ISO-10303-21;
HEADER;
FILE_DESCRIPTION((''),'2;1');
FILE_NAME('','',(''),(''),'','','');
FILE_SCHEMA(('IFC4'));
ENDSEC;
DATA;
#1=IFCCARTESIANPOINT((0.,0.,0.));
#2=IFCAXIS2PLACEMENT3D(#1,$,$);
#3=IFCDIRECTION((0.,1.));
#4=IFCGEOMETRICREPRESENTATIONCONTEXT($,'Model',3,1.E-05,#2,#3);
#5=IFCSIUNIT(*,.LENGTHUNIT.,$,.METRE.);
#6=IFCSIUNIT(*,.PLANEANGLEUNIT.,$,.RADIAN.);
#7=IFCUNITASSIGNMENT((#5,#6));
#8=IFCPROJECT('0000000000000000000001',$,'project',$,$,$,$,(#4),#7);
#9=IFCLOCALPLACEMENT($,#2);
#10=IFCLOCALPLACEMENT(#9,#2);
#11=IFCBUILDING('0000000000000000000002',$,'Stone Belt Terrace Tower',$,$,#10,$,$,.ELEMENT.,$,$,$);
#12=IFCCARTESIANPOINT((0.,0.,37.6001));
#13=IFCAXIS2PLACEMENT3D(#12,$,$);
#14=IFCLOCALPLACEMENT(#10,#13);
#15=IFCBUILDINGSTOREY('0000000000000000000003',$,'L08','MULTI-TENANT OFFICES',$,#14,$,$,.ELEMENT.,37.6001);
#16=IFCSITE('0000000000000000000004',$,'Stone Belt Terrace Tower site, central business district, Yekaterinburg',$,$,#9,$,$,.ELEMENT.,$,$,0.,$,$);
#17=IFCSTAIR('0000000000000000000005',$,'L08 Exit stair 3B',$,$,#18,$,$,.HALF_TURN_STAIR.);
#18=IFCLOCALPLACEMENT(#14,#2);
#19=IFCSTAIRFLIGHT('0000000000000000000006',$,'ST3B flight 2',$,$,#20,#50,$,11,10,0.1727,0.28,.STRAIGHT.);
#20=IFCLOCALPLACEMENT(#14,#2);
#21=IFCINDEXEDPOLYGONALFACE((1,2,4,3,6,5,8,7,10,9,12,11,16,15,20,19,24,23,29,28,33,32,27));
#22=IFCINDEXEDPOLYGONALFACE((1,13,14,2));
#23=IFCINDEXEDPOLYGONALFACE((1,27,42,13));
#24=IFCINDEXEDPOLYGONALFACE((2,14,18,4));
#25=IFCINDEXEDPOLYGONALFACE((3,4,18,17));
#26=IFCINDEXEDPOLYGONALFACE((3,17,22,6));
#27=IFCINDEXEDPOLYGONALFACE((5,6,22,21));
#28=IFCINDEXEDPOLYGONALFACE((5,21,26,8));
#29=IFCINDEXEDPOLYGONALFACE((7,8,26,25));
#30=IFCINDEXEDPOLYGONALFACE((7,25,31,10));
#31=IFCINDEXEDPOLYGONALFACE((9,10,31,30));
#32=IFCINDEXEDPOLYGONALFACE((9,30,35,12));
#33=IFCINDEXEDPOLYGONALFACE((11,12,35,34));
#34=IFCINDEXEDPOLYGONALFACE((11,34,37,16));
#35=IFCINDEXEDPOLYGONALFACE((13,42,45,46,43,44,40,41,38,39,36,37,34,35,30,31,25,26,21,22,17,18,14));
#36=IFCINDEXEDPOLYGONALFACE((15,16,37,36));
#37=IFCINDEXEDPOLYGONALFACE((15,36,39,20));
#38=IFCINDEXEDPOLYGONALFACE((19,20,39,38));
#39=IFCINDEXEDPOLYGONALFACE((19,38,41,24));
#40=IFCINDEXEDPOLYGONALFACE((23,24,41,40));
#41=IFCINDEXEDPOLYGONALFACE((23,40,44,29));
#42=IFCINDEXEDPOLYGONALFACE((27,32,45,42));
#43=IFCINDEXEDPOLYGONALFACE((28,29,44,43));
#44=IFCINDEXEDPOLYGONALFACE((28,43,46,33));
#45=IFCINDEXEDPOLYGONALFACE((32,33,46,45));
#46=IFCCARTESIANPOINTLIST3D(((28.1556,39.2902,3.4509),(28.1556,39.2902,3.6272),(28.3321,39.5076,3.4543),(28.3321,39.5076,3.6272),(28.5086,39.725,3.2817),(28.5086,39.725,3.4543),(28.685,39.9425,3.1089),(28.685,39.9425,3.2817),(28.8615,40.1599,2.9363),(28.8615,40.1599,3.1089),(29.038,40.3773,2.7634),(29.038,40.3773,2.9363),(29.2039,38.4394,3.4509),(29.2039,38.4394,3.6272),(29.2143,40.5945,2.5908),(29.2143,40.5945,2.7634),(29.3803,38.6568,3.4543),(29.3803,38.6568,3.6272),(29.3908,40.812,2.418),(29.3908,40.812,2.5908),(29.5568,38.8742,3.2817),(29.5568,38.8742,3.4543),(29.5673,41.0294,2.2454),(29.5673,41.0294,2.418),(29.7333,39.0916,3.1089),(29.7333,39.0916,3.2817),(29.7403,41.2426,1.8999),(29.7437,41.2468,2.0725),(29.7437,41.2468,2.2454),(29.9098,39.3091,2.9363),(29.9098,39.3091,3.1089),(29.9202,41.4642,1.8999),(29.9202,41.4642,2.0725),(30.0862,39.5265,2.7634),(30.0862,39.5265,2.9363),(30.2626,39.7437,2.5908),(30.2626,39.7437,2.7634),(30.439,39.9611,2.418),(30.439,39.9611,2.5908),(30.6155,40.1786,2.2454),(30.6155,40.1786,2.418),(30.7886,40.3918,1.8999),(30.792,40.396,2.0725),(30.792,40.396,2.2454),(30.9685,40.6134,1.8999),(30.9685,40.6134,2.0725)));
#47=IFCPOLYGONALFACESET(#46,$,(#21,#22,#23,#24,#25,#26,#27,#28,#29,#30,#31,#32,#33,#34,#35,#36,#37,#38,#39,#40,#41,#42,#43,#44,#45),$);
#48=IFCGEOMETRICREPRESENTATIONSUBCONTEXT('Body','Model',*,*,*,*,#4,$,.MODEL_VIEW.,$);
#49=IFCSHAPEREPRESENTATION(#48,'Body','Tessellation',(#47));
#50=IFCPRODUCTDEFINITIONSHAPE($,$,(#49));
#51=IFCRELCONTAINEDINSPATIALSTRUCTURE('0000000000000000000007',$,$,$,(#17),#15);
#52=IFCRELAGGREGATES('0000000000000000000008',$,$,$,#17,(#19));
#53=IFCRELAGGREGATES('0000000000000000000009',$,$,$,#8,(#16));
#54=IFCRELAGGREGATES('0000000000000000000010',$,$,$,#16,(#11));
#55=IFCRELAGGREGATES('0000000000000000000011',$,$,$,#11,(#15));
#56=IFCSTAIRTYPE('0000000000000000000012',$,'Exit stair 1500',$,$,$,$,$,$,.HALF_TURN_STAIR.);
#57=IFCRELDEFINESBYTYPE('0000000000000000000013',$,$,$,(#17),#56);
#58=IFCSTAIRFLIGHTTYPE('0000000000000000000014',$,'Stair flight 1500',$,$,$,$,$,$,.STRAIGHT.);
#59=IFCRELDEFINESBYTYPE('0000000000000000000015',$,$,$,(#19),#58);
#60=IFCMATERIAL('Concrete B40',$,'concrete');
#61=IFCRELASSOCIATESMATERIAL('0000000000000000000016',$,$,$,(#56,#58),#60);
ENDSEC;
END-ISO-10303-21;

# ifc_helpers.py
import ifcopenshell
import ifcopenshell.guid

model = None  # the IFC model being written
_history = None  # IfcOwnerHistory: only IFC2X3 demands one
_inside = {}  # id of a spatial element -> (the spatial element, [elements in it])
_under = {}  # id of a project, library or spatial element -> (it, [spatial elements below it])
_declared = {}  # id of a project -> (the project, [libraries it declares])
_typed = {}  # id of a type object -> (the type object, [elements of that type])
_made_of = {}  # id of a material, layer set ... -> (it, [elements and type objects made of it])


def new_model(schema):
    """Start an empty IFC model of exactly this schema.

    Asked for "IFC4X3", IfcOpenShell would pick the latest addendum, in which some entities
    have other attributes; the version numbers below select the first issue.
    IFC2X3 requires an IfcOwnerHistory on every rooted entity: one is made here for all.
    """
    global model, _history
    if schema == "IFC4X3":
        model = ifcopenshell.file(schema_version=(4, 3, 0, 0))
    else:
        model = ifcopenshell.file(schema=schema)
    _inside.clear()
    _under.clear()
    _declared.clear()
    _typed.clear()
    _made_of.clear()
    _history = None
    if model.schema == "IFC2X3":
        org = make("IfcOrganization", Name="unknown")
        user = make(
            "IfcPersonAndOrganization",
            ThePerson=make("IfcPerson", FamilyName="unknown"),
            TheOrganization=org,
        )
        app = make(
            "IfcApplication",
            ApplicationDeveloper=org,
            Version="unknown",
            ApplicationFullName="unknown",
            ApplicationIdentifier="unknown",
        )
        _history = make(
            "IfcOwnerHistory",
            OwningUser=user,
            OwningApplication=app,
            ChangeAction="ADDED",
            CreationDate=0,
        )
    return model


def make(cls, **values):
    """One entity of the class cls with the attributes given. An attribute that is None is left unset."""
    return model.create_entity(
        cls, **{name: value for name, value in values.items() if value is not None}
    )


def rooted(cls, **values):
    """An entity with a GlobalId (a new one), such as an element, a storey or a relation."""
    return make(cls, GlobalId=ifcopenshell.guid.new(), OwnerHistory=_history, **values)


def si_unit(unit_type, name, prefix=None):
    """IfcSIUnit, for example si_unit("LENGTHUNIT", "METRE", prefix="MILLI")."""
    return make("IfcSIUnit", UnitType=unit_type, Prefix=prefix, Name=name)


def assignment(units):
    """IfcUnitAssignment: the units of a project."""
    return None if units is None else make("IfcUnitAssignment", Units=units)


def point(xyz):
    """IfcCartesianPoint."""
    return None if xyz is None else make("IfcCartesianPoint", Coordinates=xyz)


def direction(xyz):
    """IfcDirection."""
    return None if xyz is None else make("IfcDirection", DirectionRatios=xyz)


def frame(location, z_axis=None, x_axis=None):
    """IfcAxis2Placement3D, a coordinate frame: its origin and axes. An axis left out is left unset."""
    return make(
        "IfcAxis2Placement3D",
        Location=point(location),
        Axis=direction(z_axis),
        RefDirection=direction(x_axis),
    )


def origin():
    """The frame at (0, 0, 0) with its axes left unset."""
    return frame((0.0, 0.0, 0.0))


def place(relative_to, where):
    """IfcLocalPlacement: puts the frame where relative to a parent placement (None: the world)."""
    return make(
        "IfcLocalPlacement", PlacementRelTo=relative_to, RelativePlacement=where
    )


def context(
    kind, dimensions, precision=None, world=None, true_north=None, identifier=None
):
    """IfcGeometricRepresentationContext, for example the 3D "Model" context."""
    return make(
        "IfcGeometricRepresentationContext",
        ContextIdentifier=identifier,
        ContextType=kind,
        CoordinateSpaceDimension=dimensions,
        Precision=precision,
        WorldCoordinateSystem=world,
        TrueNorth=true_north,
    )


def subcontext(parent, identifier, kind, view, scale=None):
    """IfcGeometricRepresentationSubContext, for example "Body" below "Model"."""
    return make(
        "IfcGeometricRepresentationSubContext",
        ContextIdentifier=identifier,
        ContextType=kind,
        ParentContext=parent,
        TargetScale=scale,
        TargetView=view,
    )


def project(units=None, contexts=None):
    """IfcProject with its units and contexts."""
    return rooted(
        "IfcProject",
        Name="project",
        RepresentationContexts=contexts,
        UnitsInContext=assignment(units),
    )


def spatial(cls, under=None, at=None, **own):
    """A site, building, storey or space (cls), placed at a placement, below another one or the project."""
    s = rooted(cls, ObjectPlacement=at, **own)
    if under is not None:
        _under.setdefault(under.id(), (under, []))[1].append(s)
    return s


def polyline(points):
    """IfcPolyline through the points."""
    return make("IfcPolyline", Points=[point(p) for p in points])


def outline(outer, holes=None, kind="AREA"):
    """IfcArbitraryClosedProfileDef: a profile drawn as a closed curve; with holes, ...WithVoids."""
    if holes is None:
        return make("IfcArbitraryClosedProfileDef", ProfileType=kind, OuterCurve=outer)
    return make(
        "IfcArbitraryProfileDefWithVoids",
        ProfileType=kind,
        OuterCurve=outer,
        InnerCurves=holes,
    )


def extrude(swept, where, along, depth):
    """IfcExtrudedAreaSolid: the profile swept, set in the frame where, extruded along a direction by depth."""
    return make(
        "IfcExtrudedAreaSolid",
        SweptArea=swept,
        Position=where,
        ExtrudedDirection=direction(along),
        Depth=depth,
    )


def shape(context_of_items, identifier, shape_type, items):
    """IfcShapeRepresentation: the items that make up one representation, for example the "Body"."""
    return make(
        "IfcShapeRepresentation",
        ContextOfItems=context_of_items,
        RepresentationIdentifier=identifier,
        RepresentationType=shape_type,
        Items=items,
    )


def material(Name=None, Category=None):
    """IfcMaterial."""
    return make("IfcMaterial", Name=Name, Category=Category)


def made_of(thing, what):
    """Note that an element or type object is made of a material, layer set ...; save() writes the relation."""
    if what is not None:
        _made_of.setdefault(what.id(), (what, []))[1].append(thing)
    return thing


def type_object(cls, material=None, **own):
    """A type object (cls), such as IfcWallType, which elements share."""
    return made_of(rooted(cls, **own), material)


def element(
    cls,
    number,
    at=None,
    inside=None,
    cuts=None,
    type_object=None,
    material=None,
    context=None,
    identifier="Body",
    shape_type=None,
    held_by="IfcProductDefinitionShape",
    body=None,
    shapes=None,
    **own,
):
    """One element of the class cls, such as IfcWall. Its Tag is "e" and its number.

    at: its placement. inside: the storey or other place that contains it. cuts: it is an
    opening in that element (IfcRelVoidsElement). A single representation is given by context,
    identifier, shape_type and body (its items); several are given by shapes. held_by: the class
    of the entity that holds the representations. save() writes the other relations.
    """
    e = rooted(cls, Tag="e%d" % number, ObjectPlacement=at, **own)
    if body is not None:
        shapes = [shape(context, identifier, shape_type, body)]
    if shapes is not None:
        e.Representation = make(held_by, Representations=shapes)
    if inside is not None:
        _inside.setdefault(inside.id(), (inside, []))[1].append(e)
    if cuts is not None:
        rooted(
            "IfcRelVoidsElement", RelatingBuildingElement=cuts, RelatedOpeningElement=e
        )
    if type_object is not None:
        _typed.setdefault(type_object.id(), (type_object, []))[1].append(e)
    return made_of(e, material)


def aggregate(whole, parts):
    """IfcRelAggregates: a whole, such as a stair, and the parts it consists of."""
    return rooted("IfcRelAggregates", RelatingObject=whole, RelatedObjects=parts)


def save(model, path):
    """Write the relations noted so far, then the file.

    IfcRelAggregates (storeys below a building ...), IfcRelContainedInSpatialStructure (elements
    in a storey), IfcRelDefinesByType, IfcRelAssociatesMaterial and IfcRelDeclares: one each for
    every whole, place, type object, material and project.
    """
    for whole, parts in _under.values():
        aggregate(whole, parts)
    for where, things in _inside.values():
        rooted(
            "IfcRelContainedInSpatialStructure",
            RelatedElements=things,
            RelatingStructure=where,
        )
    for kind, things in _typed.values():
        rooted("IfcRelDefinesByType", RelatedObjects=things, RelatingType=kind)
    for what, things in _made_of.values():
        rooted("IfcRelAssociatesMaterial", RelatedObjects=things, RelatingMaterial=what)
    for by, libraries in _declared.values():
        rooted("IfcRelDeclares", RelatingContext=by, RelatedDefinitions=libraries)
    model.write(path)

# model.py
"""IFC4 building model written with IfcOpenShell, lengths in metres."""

from ifc_helpers import new_model, si_unit, direction, frame, origin, place, context, subcontext, project, spatial, polyline, outline, extrude, material, type_object, element, aggregate, save


model = new_model("IFC4")

# Units and contexts
model_context = context("Model", 3, precision=1e-05, world=origin(), true_north=direction((0.0, 1.0)))
body_context = subcontext(model_context, "Body", "Model", "MODEL_VIEW")
ifc_project = project(units=[si_unit("LENGTHUNIT", "METRE"), si_unit("PLANEANGLEUNIT", "RADIAN")], contexts=[model_context])

# Site, building, storey
site_placement = place(None, origin())
site = spatial("IfcSite", under=ifc_project, at=site_placement, Name="Stone Belt Terrace Tower site, central business district, Yekaterinburg", CompositionType="ELEMENT", RefElevation=0.0)
building_placement = place(site_placement, origin())
building = spatial("IfcBuilding", under=site, at=building_placement, Name="Stone Belt Terrace Tower", CompositionType="ELEMENT")
storey_placement = place(building_placement, frame((0.0, 0.0, 37.6001)))
storey = spatial("IfcBuildingStorey", under=building, at=storey_placement, Name="L08", Description="MULTI-TENANT OFFICES", CompositionType="ELEMENT", Elevation=37.6001)

# Stair, stair flight
ifc_material_1 = material(Name="Concrete B40", Category="concrete")
stair_type = type_object("IfcStairType", Name="Exit stair 1500", PredefinedType="HALF_TURN_STAIR", material=ifc_material_1)
stair_placement = place(storey_placement, origin())
stair = element("IfcStair", 1, at=stair_placement, inside=storey, type_object=stair_type, Name="L08 Exit stair 3B", PredefinedType="HALF_TURN_STAIR")
stair_flight_type = type_object("IfcStairFlightType", Name="Stair flight 1500", PredefinedType="STRAIGHT", material=ifc_material_1)
stair_flight_1_placement = place(storey_placement, frame((30.4443, 41.0388, 1.8999), z_axis=(0.0, 0.0, 1.0), x_axis=(-0.630206, -0.776428, 0.0)))
stair_flight_1 = element("IfcStairFlight", 2, at=stair_flight_1_placement, type_object=stair_flight_type, Name="ST3B flight 2", NumberOfRisers=11, NumberOfTreads=10, PredefinedType="STRAIGHT", RiserHeight=0.1727, TreadLength=0.28, context=body_context, shape_type="SweptSolid", body=[
    extrude(outline(polyline([(0.0, 0.0), (0.0, 0.1726), (0.28, 0.1726), (0.28, 0.3455), (0.5601, 0.3455), (0.5601, 0.5181), (0.8401, 0.5181), (0.8401, 0.6909), (1.1201, 0.6909), (1.1201, 0.8635), (1.3999, 0.8635), (1.3999, 1.0364), (1.6799, 1.0364), (1.6799, 1.209), (1.96, 1.209), (1.96, 1.3818), (2.24, 1.3818), (2.24, 1.5544), (2.52, 1.5544), (2.52, 1.7273), (2.8, 1.7273), (2.8, 1.8999), (2.8, 1.551), (0.2854, 0.0), (0.0, 0.0)])), frame((0.0, 0.675, 0.0), z_axis=(0.0, -1.0, 0.0), x_axis=(1.0, 0.0, 0.0)), (0.0, 0.0, 1.0), 1.3501),
])
aggregate(stair, [stair_flight_1])

save(model, "model.ifc")
